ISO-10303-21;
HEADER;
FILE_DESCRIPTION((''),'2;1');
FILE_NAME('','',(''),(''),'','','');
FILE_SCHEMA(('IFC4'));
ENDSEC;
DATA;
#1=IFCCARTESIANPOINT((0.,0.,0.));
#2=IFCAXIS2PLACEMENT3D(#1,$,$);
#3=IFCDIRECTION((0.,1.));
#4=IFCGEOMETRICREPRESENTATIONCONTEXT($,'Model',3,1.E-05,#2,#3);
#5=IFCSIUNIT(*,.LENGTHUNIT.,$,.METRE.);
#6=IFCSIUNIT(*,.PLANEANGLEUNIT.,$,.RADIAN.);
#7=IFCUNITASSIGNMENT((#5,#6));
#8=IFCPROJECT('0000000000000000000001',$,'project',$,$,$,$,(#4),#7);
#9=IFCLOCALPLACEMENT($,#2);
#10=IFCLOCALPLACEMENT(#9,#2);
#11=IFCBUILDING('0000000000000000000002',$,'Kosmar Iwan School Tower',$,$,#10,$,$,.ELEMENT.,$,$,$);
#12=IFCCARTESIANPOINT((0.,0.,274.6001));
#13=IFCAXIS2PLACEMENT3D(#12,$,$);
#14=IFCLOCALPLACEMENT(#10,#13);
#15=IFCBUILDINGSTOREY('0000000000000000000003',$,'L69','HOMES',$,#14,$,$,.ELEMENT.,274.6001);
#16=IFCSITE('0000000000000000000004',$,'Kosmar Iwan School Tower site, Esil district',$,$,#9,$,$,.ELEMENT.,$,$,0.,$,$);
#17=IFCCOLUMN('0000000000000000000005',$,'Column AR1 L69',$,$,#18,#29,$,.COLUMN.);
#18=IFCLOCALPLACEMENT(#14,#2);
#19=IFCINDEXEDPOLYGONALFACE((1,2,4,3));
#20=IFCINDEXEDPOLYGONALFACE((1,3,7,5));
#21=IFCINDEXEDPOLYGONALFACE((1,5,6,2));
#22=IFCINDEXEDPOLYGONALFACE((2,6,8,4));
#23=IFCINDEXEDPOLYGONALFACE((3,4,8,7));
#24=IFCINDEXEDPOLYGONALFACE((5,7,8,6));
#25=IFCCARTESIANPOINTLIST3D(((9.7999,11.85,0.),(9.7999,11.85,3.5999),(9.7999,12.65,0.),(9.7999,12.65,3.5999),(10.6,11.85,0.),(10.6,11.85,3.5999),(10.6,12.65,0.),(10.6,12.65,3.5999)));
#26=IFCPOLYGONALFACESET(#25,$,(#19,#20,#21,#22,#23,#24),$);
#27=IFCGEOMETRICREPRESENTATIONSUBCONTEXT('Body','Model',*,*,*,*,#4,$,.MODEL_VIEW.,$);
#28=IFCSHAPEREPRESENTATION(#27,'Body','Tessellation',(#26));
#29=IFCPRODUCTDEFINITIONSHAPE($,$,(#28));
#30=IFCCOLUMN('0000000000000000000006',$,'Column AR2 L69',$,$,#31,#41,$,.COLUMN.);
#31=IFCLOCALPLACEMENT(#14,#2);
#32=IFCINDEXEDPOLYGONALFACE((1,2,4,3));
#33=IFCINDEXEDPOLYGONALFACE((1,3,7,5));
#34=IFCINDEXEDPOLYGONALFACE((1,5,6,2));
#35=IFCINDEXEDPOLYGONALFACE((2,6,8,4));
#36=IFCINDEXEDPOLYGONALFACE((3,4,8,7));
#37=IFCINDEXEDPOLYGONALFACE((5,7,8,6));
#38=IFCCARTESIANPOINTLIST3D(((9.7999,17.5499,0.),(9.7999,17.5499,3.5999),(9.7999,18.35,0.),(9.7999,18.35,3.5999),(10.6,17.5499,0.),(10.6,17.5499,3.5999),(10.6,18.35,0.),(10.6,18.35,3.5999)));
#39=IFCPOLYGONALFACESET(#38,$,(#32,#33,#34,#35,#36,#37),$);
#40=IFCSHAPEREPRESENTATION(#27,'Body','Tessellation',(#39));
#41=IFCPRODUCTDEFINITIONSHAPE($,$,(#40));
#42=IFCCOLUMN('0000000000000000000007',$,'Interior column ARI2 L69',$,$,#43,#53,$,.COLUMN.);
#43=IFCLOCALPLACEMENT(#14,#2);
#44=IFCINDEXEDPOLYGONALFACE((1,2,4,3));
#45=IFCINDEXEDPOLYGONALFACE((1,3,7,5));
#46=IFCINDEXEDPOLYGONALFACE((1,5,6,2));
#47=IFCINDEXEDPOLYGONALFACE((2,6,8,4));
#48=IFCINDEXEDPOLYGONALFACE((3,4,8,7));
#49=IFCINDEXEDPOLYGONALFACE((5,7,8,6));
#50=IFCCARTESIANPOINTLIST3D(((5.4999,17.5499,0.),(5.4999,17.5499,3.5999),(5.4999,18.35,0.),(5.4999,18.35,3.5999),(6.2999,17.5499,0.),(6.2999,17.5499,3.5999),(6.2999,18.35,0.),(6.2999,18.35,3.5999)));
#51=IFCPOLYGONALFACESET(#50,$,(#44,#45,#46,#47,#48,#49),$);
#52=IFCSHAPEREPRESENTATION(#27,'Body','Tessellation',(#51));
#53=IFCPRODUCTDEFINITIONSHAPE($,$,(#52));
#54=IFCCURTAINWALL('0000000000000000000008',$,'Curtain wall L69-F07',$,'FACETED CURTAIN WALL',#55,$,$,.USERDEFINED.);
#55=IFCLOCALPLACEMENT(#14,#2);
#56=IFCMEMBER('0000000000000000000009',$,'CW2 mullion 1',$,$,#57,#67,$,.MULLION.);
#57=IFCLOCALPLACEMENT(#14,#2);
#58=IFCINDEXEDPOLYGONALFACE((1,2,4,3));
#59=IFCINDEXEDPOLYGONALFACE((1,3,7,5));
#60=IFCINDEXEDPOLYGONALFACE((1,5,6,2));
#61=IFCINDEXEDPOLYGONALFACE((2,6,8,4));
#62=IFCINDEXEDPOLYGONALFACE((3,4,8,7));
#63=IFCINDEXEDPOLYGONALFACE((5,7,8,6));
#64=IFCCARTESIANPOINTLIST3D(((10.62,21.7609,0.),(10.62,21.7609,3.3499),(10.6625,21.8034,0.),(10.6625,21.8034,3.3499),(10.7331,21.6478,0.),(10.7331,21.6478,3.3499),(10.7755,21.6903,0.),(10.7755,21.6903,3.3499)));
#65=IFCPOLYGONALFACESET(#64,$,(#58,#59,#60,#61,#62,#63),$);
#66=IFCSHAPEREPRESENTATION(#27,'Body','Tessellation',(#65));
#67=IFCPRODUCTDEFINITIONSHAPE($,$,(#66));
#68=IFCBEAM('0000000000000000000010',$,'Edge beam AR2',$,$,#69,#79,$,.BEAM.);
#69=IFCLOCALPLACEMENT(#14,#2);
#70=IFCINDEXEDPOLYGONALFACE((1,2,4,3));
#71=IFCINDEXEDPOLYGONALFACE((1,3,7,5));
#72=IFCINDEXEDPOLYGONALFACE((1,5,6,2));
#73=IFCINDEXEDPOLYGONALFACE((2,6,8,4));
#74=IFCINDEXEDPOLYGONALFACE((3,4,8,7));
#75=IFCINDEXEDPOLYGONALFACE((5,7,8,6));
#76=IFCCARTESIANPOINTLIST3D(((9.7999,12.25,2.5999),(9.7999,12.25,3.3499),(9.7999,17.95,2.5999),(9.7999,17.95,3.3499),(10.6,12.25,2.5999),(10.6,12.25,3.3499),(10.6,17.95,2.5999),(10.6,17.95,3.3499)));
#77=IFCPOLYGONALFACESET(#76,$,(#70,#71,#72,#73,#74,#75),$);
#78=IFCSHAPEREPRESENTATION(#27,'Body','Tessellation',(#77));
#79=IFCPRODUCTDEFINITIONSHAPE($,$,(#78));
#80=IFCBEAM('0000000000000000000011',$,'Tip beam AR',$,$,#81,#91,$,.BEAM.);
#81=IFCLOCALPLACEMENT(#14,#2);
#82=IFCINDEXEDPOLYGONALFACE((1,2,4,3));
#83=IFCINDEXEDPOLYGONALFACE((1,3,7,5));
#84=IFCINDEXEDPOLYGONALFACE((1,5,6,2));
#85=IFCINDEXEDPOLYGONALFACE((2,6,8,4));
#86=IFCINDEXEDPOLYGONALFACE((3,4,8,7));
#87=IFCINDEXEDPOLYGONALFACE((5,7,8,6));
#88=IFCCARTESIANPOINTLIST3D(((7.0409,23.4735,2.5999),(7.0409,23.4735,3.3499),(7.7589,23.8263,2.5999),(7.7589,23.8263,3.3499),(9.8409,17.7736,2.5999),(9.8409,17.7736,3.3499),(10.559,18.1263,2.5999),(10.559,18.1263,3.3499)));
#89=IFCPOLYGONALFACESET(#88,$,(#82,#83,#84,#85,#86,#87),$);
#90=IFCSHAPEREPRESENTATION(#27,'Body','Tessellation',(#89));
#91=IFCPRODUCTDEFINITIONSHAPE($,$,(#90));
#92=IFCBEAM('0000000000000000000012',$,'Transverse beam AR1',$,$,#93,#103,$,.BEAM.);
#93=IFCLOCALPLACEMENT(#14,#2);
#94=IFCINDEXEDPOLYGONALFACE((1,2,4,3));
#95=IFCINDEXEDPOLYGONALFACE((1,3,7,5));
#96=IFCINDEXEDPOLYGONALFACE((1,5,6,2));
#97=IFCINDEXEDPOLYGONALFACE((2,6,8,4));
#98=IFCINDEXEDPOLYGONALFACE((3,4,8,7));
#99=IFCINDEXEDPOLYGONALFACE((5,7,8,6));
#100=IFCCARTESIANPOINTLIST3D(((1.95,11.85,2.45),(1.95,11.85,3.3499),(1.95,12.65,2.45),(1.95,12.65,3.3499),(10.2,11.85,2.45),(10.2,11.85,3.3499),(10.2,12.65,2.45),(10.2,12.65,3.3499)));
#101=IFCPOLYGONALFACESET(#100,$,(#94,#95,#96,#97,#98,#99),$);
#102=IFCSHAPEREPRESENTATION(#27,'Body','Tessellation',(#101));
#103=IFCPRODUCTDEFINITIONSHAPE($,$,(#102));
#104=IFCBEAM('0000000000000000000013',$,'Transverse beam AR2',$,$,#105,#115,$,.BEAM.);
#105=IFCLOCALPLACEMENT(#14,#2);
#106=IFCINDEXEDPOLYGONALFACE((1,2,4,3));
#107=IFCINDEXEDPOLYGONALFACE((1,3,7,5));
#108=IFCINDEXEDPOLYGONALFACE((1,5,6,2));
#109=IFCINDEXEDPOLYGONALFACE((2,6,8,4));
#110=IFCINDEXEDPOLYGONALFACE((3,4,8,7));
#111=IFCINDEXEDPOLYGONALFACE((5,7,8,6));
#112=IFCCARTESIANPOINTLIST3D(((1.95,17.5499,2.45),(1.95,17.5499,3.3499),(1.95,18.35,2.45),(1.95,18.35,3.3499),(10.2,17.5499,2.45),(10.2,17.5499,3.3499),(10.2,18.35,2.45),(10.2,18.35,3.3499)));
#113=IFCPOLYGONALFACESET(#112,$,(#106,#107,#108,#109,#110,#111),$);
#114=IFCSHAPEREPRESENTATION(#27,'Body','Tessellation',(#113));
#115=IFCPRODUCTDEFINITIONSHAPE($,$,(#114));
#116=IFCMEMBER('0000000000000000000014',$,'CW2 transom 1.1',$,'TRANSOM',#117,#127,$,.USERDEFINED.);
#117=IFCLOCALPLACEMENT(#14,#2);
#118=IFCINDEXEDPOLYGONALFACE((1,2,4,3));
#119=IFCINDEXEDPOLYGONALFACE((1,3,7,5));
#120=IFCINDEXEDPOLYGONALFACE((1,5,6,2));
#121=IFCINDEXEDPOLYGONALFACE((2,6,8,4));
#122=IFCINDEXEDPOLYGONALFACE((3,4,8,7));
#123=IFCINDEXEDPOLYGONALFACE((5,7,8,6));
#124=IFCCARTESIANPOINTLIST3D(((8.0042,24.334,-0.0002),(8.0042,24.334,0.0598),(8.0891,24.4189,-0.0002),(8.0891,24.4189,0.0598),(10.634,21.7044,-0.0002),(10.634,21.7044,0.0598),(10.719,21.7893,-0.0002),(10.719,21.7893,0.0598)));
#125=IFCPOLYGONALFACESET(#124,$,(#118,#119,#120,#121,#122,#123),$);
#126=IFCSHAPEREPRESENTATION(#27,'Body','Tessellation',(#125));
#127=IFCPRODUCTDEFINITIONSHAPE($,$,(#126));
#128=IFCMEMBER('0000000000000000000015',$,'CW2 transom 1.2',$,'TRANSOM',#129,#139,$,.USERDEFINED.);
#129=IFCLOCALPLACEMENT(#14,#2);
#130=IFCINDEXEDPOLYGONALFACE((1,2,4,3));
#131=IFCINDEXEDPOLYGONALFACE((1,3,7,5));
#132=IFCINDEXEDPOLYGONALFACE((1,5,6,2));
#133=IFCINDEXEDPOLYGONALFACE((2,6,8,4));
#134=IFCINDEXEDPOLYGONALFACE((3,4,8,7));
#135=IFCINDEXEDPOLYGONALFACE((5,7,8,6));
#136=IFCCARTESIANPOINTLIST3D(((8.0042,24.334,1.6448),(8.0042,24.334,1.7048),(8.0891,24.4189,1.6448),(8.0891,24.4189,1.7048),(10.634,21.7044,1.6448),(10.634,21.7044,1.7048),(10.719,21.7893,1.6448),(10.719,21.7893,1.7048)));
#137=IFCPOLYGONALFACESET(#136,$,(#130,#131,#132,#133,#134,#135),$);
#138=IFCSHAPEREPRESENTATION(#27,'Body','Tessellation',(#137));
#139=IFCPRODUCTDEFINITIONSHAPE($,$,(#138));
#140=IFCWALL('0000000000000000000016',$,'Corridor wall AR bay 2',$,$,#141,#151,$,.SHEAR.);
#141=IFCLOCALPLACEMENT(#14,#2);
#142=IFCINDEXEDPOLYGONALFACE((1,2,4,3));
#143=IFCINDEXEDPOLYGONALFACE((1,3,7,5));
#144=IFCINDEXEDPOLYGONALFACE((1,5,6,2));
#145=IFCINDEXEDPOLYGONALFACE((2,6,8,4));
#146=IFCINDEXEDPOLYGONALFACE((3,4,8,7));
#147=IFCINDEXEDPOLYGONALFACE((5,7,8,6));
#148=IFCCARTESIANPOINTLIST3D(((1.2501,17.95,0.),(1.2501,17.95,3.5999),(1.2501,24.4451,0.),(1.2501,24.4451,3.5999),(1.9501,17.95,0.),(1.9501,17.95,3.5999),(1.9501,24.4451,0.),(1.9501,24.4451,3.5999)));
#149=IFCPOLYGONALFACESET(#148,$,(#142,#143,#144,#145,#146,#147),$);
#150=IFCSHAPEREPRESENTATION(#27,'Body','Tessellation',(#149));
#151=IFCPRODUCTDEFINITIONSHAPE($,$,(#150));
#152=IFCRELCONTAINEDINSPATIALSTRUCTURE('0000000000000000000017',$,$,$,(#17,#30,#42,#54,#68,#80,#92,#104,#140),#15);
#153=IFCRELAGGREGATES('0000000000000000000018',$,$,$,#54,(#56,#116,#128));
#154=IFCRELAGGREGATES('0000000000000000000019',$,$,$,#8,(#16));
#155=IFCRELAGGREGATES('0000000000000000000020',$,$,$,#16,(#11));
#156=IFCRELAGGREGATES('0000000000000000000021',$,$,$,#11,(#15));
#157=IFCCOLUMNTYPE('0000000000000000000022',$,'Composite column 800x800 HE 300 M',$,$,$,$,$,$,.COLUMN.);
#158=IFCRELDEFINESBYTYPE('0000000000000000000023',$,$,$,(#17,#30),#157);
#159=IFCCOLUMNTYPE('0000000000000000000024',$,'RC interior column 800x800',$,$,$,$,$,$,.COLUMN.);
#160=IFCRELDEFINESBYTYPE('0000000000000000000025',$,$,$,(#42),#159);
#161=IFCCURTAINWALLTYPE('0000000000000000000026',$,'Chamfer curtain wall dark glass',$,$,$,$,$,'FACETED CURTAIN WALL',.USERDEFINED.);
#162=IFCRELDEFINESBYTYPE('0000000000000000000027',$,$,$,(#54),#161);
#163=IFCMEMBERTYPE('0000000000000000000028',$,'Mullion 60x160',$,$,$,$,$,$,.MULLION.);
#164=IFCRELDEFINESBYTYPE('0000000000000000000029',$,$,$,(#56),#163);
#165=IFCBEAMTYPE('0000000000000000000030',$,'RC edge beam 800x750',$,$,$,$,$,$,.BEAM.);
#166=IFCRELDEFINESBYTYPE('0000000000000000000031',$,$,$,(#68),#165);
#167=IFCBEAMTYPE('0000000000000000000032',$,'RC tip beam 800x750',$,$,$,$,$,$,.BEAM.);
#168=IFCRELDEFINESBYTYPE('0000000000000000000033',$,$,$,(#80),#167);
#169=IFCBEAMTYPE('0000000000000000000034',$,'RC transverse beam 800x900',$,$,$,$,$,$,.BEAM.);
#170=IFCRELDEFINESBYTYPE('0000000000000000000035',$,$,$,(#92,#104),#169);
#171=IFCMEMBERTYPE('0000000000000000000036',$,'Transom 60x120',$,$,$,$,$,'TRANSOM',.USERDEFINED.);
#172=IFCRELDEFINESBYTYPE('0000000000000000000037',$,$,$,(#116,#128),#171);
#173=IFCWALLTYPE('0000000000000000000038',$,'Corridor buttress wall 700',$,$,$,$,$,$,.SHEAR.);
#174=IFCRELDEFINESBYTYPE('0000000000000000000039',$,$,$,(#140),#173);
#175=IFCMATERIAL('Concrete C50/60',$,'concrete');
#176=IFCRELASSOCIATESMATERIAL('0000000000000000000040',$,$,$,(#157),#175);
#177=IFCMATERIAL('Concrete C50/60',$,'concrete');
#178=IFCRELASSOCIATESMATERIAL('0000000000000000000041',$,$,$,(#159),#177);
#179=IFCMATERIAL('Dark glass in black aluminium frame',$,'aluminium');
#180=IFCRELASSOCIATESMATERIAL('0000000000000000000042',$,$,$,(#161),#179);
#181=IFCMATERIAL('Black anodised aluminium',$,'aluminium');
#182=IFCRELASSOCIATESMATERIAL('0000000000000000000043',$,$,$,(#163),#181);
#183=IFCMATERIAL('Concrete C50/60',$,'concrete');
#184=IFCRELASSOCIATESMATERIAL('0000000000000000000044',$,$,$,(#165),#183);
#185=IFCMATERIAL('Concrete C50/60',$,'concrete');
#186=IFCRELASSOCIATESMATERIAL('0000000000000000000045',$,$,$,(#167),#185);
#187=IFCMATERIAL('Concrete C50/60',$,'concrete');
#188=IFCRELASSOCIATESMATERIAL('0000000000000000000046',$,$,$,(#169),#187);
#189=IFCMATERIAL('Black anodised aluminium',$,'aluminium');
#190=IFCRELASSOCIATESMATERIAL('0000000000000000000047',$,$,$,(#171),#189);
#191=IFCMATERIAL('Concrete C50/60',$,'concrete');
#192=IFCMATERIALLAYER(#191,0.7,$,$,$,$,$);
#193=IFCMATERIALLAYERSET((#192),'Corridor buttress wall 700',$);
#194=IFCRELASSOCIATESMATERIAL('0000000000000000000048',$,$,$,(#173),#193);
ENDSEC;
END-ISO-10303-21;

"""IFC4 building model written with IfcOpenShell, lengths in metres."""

from ifc_helpers import new_model, si_unit, direction, frame, frame_2d, origin, origin_2d, place, context, subcontext, project, spatial, rectangle, extrude, material, layer, layer_set, material_profile, profile_set, type_object, element, aggregate, save


model = new_model("IFC4")

# Units and contexts
model_context = context("Model", 3, precision=1e-05, world=origin(), true_north=direction((0.0, 1.0)))
body_context = subcontext(model_context, "Body", "Model", "MODEL_VIEW")
ifc_project = project(units=[si_unit("LENGTHUNIT", "METRE"), si_unit("PLANEANGLEUNIT", "RADIAN")], contexts=[model_context])

# Site, building, storey
site_placement = place(None, origin())
site = spatial("IfcSite", under=ifc_project, at=site_placement, Name="Kosmar Iwan School Tower site, Esil district", CompositionType="ELEMENT", RefElevation=0.0)
building_placement = place(site_placement, origin())
building = spatial("IfcBuilding", under=site, at=building_placement, Name="Kosmar Iwan School Tower", CompositionType="ELEMENT")
storey_placement = place(building_placement, frame((0.0, 0.0, 274.6001)))
storey = spatial("IfcBuildingStorey", under=building, at=storey_placement, Name="L69", Description="HOMES", CompositionType="ELEMENT", Elevation=274.6001)

# Columns
ifc_material_1 = material(Name="Concrete C50/60", Category="concrete")
ifc_material_profile_1 = material_profile(ifc_material_1, rectangle(XDim=0.8, YDim=0.8, at=origin_2d()), Name="RC 800x800 + HE 300 M")
ifc_profile_set_1 = profile_set([ifc_material_profile_1], Name="Concrete C50/60")
column_type_1 = type_object("IfcColumnType", Name="Composite column 800x800 HE 300 M", PredefinedType="COLUMN", material=ifc_profile_set_1)
for number, where, z_axis, x_axis, name in (
    (1, (10.2, 12.25, 0.0), (0.0, 0.0, 1.0), (0.0, 1.0, 0.0), "Column AR1 L69"),
    (2, (10.2, 17.95, 0.0), (0.0, 0.0, 1.0), (0.0, 1.0, 0.0), "Column AR2 L69"),
):
    element("IfcColumn", number, at=place(storey_placement, frame(where, z_axis=z_axis, x_axis=x_axis)), inside=storey, type_object=column_type_1, Name=name, PredefinedType="COLUMN", context=body_context, shape_type="SweptSolid", body=[
        extrude(rectangle(XDim=0.8, YDim=0.8, at=origin_2d()), origin(), (0.0, 0.0, 1.0), 3.5999),
    ])
ifc_material_2 = material(Name="Concrete C50/60", Category="concrete")
ifc_material_profile_2 = material_profile(ifc_material_2, rectangle(XDim=0.8, YDim=0.8, at=origin_2d()), Name="RC 800x800")
ifc_profile_set_2 = profile_set([ifc_material_profile_2], Name="Concrete C50/60")
column_type_2 = type_object("IfcColumnType", Name="RC interior column 800x800", PredefinedType="COLUMN", material=ifc_profile_set_2)
column_placement = place(storey_placement, frame((5.8999, 17.95, 0.0), z_axis=(0.0, 0.0, 1.0), x_axis=(0.0, 1.0, 0.0)))
element("IfcColumn", 3, at=column_placement, inside=storey, type_object=column_type_2, Name="Interior column ARI2 L69", PredefinedType="COLUMN", context=body_context, shape_type="SweptSolid", body=[
    extrude(rectangle(XDim=0.8, YDim=0.8, at=origin_2d()), origin(), (0.0, 0.0, 1.0), 3.5999),
])

# Curtain wall, member
ifc_material_3 = material(Name="Dark glass in black aluminium frame", Category="aluminium")
curtain_wall_type = type_object("IfcCurtainWallType", Name="Chamfer curtain wall dark glass", ElementType="FACETED CURTAIN WALL", PredefinedType="USERDEFINED", material=ifc_material_3)
curtain_wall_placement = place(storey_placement, origin())
curtain_wall = element("IfcCurtainWall", 4, at=curtain_wall_placement, inside=storey, type_object=curtain_wall_type, Name="Curtain wall L69-F07", ObjectType="FACETED CURTAIN WALL", PredefinedType="USERDEFINED")
ifc_material_4 = material(Name="Black anodised aluminium", Category="aluminium")
ifc_material_profile_3 = material_profile(ifc_material_4, rectangle(XDim=0.0601, YDim=0.1599, at=origin_2d()), Name="MULLION 60x160")
ifc_profile_set_3 = profile_set([ifc_material_profile_3], Name="Black anodised aluminium")
member_type_1 = type_object("IfcMemberType", Name="Mullion 60x160", PredefinedType="MULLION", material=ifc_profile_set_3)
member_1_placement = place(storey_placement, frame((10.6978, 21.7256, 0.0), z_axis=(0.0, 0.0, 1.0), x_axis=(-0.707107, -0.707107, 0.0)))
member_1 = element("IfcMember", 5, at=member_1_placement, type_object=member_type_1, Name="CW2 mullion 1", PredefinedType="MULLION", context=body_context, shape_type="SweptSolid", body=[
    extrude(rectangle(XDim=0.0601, YDim=0.1599, at=origin_2d()), origin(), (0.0, 0.0, 1.0), 3.3499),
])

# Beams
ifc_material_5 = material(Name="Concrete C50/60", Category="concrete")
ifc_material_profile_4 = material_profile(ifc_material_5, rectangle(XDim=0.8, YDim=0.75, at=origin_2d()), Name="RC 800x750")
ifc_profile_set_4 = profile_set([ifc_material_profile_4], Name="Concrete C50/60")
beam_type_1 = type_object("IfcBeamType", Name="RC edge beam 800x750", PredefinedType="BEAM", material=ifc_profile_set_4)
beam_1_placement = place(storey_placement, frame((10.2, 12.25, 2.9749), z_axis=(0.0, 1.0, 0.0), x_axis=(-1.0, 0.0, 0.0)))
element("IfcBeam", 6, at=beam_1_placement, inside=storey, type_object=beam_type_1, Name="Edge beam AR2", PredefinedType="BEAM", context=body_context, shape_type="SweptSolid", body=[
    extrude(rectangle(XDim=0.8, YDim=0.75, at=origin_2d()), origin(), (0.0, 0.0, 1.0), 5.7),
])
ifc_material_6 = material(Name="Concrete C50/60", Category="concrete")
ifc_material_profile_5 = material_profile(ifc_material_6, rectangle(XDim=0.8, YDim=0.75, at=origin_2d()), Name="RC 800x750")
ifc_profile_set_5 = profile_set([ifc_material_profile_5], Name="Concrete C50/60")
beam_type_2 = type_object("IfcBeamType", Name="RC tip beam 800x750", PredefinedType="BEAM", material=ifc_profile_set_5)
beam_2_placement = place(storey_placement, frame((10.2, 17.95, 2.9749), z_axis=(-0.440913, 0.89755, 0.0), x_axis=(-0.89755, -0.440913, 0.0)))
element("IfcBeam", 7, at=beam_2_placement, inside=storey, type_object=beam_type_2, Name="Tip beam AR", PredefinedType="BEAM", context=body_context, shape_type="SweptSolid", body=[
    extrude(rectangle(XDim=0.8, YDim=0.75, at=origin_2d()), origin(), (0.0, 0.0, 1.0), 6.3506),
])
ifc_material_7 = material(Name="Concrete C50/60", Category="concrete")
ifc_material_profile_6 = material_profile(ifc_material_7, rectangle(XDim=0.8, YDim=0.8999, at=origin_2d()), Name="RC 800x900")
ifc_profile_set_6 = profile_set([ifc_material_profile_6], Name="Concrete C50/60")
beam_type_3 = type_object("IfcBeamType", Name="RC transverse beam 800x900", PredefinedType="BEAM", material=ifc_profile_set_6)
for number, where, z_axis, x_axis, name in (
    (8, (10.2, 12.25, 2.8999), (-1.0, 0.0, 0.0), (0.0, -1.0, 0.0), "Transverse beam AR1"),
    (9, (10.2, 17.95, 2.8999), (-1.0, 0.0, 0.0), (0.0, -1.0, 0.0), "Transverse beam AR2"),
):
    element("IfcBeam", number, at=place(storey_placement, frame(where, z_axis=z_axis, x_axis=x_axis)), inside=storey, type_object=beam_type_3, Name=name, PredefinedType="BEAM", context=body_context, shape_type="SweptSolid", body=[
        extrude(rectangle(XDim=0.8, YDim=0.8999, at=origin_2d()), origin(), (0.0, 0.0, 1.0), 8.25),
    ])

# Members
ifc_material_8 = material(Name="Black anodised aluminium", Category="aluminium")
ifc_material_profile_7 = material_profile(ifc_material_8, rectangle(XDim=0.1201, YDim=0.0601, at=origin_2d()), Name="TRANSOM 60x120")
ifc_profile_set_7 = profile_set([ifc_material_profile_7], Name="Black anodised aluminium")
member_type_2 = type_object("IfcMemberType", Name="Transom 60x120", ElementType="TRANSOM", PredefinedType="USERDEFINED", material=ifc_profile_set_7)
member_2_placement = place(storey_placement, frame((10.6765, 21.7468, 0.0298), z_axis=(-0.70714, 0.707074, 0.0), x_axis=(-0.707074, -0.70714, 0.0)))
member_2 = element("IfcMember", 10, at=member_2_placement, type_object=member_type_2, Name="CW2 transom 1.1", ObjectType="TRANSOM", PredefinedType="USERDEFINED", context=body_context, shape_type="SweptSolid", body=[
    extrude(rectangle(XDim=0.1201, YDim=0.0601, at=origin_2d()), origin(), (0.0, 0.0, 1.0), 3.719),
])
member_3_placement = place(storey_placement, frame((10.6765, 21.7468, 1.6748), z_axis=(-0.70714, 0.707074, 0.0), x_axis=(-0.707074, -0.70714, 0.0)))
member_3 = element("IfcMember", 11, at=member_3_placement, type_object=member_type_2, Name="CW2 transom 1.2", ObjectType="TRANSOM", PredefinedType="USERDEFINED", context=body_context, shape_type="SweptSolid", body=[
    extrude(rectangle(XDim=0.1201, YDim=0.0601, at=origin_2d()), origin(), (0.0, 0.0, 1.0), 3.719),
])
aggregate(curtain_wall, [member_1, member_2, member_3])

# Wall
ifc_material_9 = material(Name="Concrete C50/60", Category="concrete")
ifc_layer_1 = layer(ifc_material_9, 0.7)
ifc_layer_set_1 = layer_set([ifc_layer_1], Name="Corridor buttress wall 700")
wall_type_1 = type_object("IfcWallType", Name="Corridor buttress wall 700", PredefinedType="SHEAR", material=ifc_layer_set_1)
wall_1_placement = place(storey_placement, frame((1.6001, 17.95, 0.0), z_axis=(0.0, 0.0, 1.0), x_axis=(0.0, 1.0, 0.0)))
element("IfcWall", 12, at=wall_1_placement, inside=storey, type_object=wall_type_1, Name="Corridor wall AR bay 2", PredefinedType="SHEAR", context=body_context, shape_type="SweptSolid", body=[
    extrude(rectangle(XDim=6.4951, YDim=0.7, at=frame_2d((3.2476, 0.0))), origin(), (0.0, 0.0, 1.0), 3.5999),
])

save(model, "model.ifc")
